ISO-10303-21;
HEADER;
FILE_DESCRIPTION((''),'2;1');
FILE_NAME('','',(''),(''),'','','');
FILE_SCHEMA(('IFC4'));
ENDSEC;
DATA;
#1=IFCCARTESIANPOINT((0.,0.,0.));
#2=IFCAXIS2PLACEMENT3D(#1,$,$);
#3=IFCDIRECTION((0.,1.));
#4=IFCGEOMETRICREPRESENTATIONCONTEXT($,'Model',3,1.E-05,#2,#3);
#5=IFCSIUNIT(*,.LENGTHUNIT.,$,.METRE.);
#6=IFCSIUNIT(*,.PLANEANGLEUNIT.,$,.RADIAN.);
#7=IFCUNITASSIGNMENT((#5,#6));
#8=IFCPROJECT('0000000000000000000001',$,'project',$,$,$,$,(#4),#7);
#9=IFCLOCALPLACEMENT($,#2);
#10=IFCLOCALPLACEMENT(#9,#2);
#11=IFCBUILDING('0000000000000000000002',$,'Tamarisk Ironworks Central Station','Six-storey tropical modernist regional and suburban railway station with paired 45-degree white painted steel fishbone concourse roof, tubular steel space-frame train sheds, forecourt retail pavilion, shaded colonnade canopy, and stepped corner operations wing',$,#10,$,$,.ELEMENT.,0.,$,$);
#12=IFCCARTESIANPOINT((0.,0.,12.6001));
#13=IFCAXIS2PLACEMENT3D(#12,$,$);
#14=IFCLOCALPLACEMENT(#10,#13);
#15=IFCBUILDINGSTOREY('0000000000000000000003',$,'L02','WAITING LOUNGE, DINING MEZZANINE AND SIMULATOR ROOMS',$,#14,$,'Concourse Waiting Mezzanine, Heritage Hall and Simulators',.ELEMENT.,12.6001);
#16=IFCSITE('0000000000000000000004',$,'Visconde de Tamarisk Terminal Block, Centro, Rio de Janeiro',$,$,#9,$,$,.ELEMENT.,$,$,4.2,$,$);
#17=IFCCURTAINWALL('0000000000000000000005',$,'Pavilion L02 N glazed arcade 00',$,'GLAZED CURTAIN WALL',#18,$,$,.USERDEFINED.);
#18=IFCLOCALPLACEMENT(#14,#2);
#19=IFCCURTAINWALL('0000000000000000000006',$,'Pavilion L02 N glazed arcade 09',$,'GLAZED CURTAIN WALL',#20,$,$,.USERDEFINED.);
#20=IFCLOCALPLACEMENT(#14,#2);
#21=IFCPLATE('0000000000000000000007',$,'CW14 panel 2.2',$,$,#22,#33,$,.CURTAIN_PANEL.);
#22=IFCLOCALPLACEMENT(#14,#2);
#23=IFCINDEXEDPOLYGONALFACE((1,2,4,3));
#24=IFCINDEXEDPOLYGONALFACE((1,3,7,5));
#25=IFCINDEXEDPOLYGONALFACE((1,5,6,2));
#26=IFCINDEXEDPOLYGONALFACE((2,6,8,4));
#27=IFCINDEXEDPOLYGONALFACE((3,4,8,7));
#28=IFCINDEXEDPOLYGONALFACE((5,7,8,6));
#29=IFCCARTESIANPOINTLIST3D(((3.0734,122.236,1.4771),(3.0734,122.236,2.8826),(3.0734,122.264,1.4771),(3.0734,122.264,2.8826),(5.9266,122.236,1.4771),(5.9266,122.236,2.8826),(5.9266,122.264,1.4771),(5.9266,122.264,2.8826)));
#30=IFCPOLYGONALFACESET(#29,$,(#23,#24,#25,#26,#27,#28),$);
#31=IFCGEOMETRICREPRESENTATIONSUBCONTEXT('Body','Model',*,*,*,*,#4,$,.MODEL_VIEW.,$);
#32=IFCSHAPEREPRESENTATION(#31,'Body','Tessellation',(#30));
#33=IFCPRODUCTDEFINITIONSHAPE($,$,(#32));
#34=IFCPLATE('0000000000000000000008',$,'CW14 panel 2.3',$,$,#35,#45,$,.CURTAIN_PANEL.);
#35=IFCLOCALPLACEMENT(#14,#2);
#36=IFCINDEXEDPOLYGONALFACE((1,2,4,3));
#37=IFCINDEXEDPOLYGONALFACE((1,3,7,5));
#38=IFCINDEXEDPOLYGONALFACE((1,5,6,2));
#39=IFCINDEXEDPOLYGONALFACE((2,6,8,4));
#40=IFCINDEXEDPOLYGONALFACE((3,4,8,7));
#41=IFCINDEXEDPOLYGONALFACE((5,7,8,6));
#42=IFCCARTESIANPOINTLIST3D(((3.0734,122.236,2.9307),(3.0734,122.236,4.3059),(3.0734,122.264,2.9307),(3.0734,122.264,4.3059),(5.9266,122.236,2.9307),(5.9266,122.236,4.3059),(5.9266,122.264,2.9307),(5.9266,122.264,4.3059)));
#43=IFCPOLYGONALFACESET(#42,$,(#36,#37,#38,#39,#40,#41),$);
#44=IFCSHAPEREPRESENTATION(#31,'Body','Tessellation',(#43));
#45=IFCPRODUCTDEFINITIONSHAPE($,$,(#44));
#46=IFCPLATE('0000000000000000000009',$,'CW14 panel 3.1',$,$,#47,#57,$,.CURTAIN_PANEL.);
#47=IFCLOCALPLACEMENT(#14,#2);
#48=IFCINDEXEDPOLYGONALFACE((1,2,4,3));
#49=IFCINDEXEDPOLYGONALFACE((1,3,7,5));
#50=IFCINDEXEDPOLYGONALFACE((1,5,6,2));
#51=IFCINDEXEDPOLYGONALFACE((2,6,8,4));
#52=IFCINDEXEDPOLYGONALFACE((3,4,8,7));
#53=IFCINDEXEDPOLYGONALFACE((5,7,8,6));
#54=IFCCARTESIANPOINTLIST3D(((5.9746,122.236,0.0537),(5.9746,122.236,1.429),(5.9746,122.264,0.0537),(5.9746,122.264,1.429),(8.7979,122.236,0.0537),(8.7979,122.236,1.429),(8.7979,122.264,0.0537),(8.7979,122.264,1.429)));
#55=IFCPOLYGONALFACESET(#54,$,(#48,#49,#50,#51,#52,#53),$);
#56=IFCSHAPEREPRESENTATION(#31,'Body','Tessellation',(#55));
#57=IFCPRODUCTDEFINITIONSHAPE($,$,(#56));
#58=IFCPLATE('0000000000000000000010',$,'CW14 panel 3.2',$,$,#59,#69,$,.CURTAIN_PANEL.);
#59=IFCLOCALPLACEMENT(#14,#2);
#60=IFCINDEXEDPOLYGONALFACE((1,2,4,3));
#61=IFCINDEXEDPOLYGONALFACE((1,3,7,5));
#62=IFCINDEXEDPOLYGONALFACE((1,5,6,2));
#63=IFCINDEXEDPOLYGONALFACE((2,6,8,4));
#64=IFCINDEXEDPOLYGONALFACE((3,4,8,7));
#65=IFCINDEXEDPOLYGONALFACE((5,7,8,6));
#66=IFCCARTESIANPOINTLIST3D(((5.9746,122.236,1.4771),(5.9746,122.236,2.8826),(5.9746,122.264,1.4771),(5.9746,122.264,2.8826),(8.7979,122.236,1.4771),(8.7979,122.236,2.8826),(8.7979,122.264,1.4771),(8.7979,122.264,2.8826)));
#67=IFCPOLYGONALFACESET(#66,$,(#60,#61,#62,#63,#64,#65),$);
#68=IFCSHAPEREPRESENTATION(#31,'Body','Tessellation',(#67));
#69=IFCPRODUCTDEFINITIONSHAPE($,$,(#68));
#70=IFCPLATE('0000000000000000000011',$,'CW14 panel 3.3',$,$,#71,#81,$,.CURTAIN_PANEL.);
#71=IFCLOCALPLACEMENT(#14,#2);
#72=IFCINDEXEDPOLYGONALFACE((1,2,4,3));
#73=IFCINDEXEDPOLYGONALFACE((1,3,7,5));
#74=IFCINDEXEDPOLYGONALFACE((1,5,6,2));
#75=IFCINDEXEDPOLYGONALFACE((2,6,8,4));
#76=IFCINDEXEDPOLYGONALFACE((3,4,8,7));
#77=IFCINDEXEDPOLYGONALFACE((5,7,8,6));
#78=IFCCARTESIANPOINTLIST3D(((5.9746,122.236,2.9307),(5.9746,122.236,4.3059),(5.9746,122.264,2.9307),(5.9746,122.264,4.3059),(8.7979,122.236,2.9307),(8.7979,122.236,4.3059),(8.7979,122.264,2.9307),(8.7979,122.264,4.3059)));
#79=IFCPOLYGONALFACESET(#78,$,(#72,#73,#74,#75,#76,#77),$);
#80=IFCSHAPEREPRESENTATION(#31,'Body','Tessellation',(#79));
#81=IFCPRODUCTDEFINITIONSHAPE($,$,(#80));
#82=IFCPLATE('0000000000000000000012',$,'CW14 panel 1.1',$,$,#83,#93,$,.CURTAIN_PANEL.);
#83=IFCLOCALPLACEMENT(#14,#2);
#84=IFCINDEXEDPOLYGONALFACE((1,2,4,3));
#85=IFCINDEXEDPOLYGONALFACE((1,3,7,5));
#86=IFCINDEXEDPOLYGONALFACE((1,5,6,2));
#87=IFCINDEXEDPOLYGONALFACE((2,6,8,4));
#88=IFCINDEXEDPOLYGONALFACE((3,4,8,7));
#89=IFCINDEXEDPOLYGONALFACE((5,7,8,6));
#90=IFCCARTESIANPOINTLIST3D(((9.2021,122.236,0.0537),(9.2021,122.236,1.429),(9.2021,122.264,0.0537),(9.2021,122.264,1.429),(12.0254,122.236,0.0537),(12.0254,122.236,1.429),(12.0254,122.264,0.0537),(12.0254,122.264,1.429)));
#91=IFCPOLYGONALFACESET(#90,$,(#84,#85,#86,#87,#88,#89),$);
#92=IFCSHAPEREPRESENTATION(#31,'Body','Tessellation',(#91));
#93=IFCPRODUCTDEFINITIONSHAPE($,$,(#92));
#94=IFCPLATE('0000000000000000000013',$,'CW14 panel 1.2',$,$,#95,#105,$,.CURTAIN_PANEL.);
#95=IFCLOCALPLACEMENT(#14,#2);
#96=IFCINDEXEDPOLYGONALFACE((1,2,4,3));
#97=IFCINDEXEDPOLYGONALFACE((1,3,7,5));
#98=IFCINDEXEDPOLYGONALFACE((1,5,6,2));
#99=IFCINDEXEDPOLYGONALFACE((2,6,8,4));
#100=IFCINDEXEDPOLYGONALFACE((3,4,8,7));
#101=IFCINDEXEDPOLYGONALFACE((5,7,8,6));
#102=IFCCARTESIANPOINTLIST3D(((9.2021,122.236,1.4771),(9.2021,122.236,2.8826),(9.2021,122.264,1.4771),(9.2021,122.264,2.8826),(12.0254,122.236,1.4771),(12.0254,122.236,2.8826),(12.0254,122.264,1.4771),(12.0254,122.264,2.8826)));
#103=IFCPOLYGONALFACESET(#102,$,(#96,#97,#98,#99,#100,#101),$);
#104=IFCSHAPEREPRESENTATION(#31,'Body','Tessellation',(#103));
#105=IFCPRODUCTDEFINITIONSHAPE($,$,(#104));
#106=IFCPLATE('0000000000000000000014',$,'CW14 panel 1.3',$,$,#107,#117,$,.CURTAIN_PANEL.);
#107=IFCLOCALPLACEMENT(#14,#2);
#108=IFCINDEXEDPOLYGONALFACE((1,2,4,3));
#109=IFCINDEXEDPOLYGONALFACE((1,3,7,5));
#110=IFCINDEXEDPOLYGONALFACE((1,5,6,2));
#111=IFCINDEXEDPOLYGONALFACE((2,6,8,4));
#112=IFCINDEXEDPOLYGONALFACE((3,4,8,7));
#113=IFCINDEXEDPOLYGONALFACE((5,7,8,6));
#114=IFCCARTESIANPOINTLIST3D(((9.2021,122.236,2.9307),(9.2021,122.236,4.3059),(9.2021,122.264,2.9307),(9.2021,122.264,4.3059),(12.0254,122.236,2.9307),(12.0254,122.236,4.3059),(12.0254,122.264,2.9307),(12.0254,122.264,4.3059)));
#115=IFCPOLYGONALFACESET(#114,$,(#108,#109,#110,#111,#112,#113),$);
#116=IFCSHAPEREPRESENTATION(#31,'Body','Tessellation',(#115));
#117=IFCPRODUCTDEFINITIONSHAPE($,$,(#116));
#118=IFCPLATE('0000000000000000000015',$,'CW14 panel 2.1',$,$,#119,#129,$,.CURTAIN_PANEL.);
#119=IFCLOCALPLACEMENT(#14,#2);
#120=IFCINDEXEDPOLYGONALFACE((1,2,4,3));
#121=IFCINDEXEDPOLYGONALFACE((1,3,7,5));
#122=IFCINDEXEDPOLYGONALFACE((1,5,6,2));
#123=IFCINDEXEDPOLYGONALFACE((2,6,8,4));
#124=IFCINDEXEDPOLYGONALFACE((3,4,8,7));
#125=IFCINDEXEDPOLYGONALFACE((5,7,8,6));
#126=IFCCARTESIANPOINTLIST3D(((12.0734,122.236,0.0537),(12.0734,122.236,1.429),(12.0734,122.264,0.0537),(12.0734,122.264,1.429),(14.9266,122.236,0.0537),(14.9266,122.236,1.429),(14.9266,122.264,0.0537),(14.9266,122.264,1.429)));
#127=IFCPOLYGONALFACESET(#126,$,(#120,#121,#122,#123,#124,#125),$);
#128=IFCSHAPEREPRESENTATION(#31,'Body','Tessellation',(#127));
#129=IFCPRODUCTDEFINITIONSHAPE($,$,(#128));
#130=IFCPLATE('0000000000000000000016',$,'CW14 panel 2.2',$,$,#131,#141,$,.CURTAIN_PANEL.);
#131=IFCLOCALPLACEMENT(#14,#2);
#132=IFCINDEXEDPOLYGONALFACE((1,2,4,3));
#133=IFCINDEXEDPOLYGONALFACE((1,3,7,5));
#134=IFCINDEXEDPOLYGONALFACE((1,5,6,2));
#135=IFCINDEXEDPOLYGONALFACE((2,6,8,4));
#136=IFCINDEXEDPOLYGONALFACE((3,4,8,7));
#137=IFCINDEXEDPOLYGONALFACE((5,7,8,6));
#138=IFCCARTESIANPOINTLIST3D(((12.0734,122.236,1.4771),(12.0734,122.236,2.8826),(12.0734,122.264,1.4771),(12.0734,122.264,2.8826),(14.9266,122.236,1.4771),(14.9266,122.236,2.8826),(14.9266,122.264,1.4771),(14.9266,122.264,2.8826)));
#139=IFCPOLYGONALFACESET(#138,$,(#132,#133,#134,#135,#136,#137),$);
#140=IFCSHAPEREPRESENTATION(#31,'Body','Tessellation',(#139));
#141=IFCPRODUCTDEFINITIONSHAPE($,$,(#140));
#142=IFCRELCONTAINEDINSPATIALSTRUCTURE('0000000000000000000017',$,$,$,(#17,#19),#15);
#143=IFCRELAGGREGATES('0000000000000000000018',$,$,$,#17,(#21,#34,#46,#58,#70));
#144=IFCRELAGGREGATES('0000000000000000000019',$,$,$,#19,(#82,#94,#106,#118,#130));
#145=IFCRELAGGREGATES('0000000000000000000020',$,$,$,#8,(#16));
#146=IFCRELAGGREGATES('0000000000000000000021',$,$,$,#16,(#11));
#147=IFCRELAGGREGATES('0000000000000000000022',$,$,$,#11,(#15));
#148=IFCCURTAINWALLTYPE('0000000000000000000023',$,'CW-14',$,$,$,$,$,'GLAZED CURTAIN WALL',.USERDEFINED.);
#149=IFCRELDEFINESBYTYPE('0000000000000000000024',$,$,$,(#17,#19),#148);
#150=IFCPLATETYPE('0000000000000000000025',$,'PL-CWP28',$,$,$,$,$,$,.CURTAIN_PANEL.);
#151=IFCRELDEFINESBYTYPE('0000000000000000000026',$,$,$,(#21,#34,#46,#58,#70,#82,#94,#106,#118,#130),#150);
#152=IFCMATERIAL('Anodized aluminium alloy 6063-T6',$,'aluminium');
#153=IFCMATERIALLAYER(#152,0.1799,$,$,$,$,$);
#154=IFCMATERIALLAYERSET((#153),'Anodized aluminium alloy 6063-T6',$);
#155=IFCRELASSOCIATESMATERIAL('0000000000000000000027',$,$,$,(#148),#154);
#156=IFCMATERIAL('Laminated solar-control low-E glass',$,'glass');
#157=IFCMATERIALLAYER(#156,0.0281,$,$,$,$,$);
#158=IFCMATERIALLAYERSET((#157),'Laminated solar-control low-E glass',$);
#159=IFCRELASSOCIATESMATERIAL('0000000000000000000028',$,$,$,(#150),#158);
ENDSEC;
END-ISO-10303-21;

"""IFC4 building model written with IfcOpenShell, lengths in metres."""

from ifc_helpers import new_model, si_unit, direction, frame, origin, origin_2d, place, context, subcontext, project, spatial, rectangle, extrude, material, layer, layer_set, type_object, element, aggregate, save


model = new_model("IFC4")

# Units and contexts
model_context = context("Model", 3, precision=1e-05, world=origin(), true_north=direction((0.0, 1.0)))
body_context = subcontext(model_context, "Body", "Model", "MODEL_VIEW")
ifc_project = project(units=[si_unit("LENGTHUNIT", "METRE"), si_unit("PLANEANGLEUNIT", "RADIAN")], contexts=[model_context])

# Site, building, storey
site_placement = place(None, origin())
site = spatial("IfcSite", under=ifc_project, at=site_placement, Name="Visconde de Tamarisk Terminal Block, Centro, Rio de Janeiro", CompositionType="ELEMENT", RefElevation=4.2)
building_placement = place(site_placement, origin())
building = spatial("IfcBuilding", under=site, at=building_placement, Name="Tamarisk Ironworks Central Station", Description="Six-storey tropical modernist regional and suburban railway station with paired 45-degree white painted steel fishbone concourse roof, tubular steel space-frame train sheds, forecourt retail pavilion, shaded colonnade canopy, and stepped corner operations wing", CompositionType="ELEMENT", ElevationOfRefHeight=0.0)
storey_placement = place(building_placement, frame((0.0, 0.0, 12.6001)))
storey = spatial("IfcBuildingStorey", under=building, at=storey_placement, Name="L02", Description="WAITING LOUNGE, DINING MEZZANINE AND SIMULATOR ROOMS", LongName="Concourse Waiting Mezzanine, Heritage Hall and Simulators", CompositionType="ELEMENT", Elevation=12.6001)

# Curtain walls
ifc_material_1 = material(Name="Anodized aluminium alloy 6063-T6", Category="aluminium")
ifc_layer_1 = layer(ifc_material_1, 0.1799)
ifc_layer_set_1 = layer_set([ifc_layer_1], Name="Anodized aluminium alloy 6063-T6")
curtain_wall_type = type_object("IfcCurtainWallType", Name="CW-14", ElementType="GLAZED CURTAIN WALL", PredefinedType="USERDEFINED", material=ifc_layer_set_1)
curtain_wall_1_placement = place(storey_placement, origin())
curtain_wall_1 = element("IfcCurtainWall", 1, at=curtain_wall_1_placement, inside=storey, type_object=curtain_wall_type, Name="Pavilion L02 N glazed arcade 00", ObjectType="GLAZED CURTAIN WALL", PredefinedType="USERDEFINED")
curtain_wall_2_placement = place(storey_placement, origin())
curtain_wall_2 = element("IfcCurtainWall", 2, at=curtain_wall_2_placement, inside=storey, type_object=curtain_wall_type, Name="Pavilion L02 N glazed arcade 09", ObjectType="GLAZED CURTAIN WALL", PredefinedType="USERDEFINED")

# Plates
ifc_material_2 = material(Name="Laminated solar-control low-E glass", Category="glass")
ifc_layer_2 = layer(ifc_material_2, 0.0281)
ifc_layer_set_2 = layer_set([ifc_layer_2], Name="Laminated solar-control low-E glass")
plate_type = type_object("IfcPlateType", Name="PL-CWP28", PredefinedType="CURTAIN_PANEL", material=ifc_layer_set_2)
plate_1_placement = place(storey_placement, frame((4.5, 122.25, 1.4771), z_axis=(0.0, 0.0, 1.0), x_axis=(1.0, 0.0, 0.0)))
plate_1 = element("IfcPlate", 3, at=plate_1_placement, type_object=plate_type, Name="CW14 panel 2.2", PredefinedType="CURTAIN_PANEL", context=body_context, shape_type="SweptSolid", body=[
    extrude(rectangle(XDim=2.8533, YDim=0.0281, at=origin_2d()), origin(), (0.0, 0.0, 1.0), 1.4055),
])
plate_2_placement = place(storey_placement, frame((4.5, 122.25, 2.9307), z_axis=(0.0, 0.0, 1.0), x_axis=(1.0, 0.0, 0.0)))
plate_2 = element("IfcPlate", 4, at=plate_2_placement, type_object=plate_type, Name="CW14 panel 2.3", PredefinedType="CURTAIN_PANEL", context=body_context, shape_type="SweptSolid", body=[
    extrude(rectangle(XDim=2.8533, YDim=0.0281, at=origin_2d()), origin(), (0.0, 0.0, 1.0), 1.3752),
])
plate_3_placement = place(storey_placement, frame((7.3862, 122.25, 0.0537), z_axis=(0.0, 0.0, 1.0), x_axis=(1.0, 0.0, 0.0)))
plate_3 = element("IfcPlate", 5, at=plate_3_placement, type_object=plate_type, Name="CW14 panel 3.1", PredefinedType="CURTAIN_PANEL", context=body_context, shape_type="SweptSolid", body=[
    extrude(rectangle(XDim=2.8232, YDim=0.0281, at=origin_2d()), origin(), (0.0, 0.0, 1.0), 1.3752),
])
plate_4_placement = place(storey_placement, frame((7.3862, 122.25, 1.4771), z_axis=(0.0, 0.0, 1.0), x_axis=(1.0, 0.0, 0.0)))
plate_4 = element("IfcPlate", 6, at=plate_4_placement, type_object=plate_type, Name="CW14 panel 3.2", PredefinedType="CURTAIN_PANEL", context=body_context, shape_type="SweptSolid", body=[
    extrude(rectangle(XDim=2.8232, YDim=0.0281, at=origin_2d()), origin(), (0.0, 0.0, 1.0), 1.4055),
])
plate_5_placement = place(storey_placement, frame((7.3862, 122.25, 2.9307), z_axis=(0.0, 0.0, 1.0), x_axis=(1.0, 0.0, 0.0)))
plate_5 = element("IfcPlate", 7, at=plate_5_placement, type_object=plate_type, Name="CW14 panel 3.3", PredefinedType="CURTAIN_PANEL", context=body_context, shape_type="SweptSolid", body=[
    extrude(rectangle(XDim=2.8232, YDim=0.0281, at=origin_2d()), origin(), (0.0, 0.0, 1.0), 1.3752),
])
aggregate(curtain_wall_1, [plate_1, plate_2, plate_3, plate_4, plate_5])
plate_6_placement = place(storey_placement, frame((10.6138, 122.25, 0.0537), z_axis=(0.0, 0.0, 1.0), x_axis=(1.0, 0.0, 0.0)))
plate_6 = element("IfcPlate", 8, at=plate_6_placement, type_object=plate_type, Name="CW14 panel 1.1", PredefinedType="CURTAIN_PANEL", context=body_context, shape_type="SweptSolid", body=[
    extrude(rectangle(XDim=2.8232, YDim=0.0281, at=origin_2d()), origin(), (0.0, 0.0, 1.0), 1.3752),
])
plate_7_placement = place(storey_placement, frame((10.6138, 122.25, 1.4771), z_axis=(0.0, 0.0, 1.0), x_axis=(1.0, 0.0, 0.0)))
plate_7 = element("IfcPlate", 9, at=plate_7_placement, type_object=plate_type, Name="CW14 panel 1.2", PredefinedType="CURTAIN_PANEL", context=body_context, shape_type="SweptSolid", body=[
    extrude(rectangle(XDim=2.8232, YDim=0.0281, at=origin_2d()), origin(), (0.0, 0.0, 1.0), 1.4055),
])
plate_8_placement = place(storey_placement, frame((10.6138, 122.25, 2.9307), z_axis=(0.0, 0.0, 1.0), x_axis=(1.0, 0.0, 0.0)))
plate_8 = element("IfcPlate", 10, at=plate_8_placement, type_object=plate_type, Name="CW14 panel 1.3", PredefinedType="CURTAIN_PANEL", context=body_context, shape_type="SweptSolid", body=[
    extrude(rectangle(XDim=2.8232, YDim=0.0281, at=origin_2d()), origin(), (0.0, 0.0, 1.0), 1.3752),
])
plate_9_placement = place(storey_placement, frame((13.5, 122.25, 0.0537), z_axis=(0.0, 0.0, 1.0), x_axis=(1.0, 0.0, 0.0)))
plate_9 = element("IfcPlate", 11, at=plate_9_placement, type_object=plate_type, Name="CW14 panel 2.1", PredefinedType="CURTAIN_PANEL", context=body_context, shape_type="SweptSolid", body=[
    extrude(rectangle(XDim=2.8533, YDim=0.0281, at=origin_2d()), origin(), (0.0, 0.0, 1.0), 1.3752),
])
plate_10_placement = place(storey_placement, frame((13.5, 122.25, 1.4771), z_axis=(0.0, 0.0, 1.0), x_axis=(1.0, 0.0, 0.0)))
plate_10 = element("IfcPlate", 12, at=plate_10_placement, type_object=plate_type, Name="CW14 panel 2.2", PredefinedType="CURTAIN_PANEL", context=body_context, shape_type="SweptSolid", body=[
    extrude(rectangle(XDim=2.8533, YDim=0.0281, at=origin_2d()), origin(), (0.0, 0.0, 1.0), 1.4055),
])
aggregate(curtain_wall_2, [plate_6, plate_7, plate_8, plate_9, plate_10])

save(model, "model.ifc")
